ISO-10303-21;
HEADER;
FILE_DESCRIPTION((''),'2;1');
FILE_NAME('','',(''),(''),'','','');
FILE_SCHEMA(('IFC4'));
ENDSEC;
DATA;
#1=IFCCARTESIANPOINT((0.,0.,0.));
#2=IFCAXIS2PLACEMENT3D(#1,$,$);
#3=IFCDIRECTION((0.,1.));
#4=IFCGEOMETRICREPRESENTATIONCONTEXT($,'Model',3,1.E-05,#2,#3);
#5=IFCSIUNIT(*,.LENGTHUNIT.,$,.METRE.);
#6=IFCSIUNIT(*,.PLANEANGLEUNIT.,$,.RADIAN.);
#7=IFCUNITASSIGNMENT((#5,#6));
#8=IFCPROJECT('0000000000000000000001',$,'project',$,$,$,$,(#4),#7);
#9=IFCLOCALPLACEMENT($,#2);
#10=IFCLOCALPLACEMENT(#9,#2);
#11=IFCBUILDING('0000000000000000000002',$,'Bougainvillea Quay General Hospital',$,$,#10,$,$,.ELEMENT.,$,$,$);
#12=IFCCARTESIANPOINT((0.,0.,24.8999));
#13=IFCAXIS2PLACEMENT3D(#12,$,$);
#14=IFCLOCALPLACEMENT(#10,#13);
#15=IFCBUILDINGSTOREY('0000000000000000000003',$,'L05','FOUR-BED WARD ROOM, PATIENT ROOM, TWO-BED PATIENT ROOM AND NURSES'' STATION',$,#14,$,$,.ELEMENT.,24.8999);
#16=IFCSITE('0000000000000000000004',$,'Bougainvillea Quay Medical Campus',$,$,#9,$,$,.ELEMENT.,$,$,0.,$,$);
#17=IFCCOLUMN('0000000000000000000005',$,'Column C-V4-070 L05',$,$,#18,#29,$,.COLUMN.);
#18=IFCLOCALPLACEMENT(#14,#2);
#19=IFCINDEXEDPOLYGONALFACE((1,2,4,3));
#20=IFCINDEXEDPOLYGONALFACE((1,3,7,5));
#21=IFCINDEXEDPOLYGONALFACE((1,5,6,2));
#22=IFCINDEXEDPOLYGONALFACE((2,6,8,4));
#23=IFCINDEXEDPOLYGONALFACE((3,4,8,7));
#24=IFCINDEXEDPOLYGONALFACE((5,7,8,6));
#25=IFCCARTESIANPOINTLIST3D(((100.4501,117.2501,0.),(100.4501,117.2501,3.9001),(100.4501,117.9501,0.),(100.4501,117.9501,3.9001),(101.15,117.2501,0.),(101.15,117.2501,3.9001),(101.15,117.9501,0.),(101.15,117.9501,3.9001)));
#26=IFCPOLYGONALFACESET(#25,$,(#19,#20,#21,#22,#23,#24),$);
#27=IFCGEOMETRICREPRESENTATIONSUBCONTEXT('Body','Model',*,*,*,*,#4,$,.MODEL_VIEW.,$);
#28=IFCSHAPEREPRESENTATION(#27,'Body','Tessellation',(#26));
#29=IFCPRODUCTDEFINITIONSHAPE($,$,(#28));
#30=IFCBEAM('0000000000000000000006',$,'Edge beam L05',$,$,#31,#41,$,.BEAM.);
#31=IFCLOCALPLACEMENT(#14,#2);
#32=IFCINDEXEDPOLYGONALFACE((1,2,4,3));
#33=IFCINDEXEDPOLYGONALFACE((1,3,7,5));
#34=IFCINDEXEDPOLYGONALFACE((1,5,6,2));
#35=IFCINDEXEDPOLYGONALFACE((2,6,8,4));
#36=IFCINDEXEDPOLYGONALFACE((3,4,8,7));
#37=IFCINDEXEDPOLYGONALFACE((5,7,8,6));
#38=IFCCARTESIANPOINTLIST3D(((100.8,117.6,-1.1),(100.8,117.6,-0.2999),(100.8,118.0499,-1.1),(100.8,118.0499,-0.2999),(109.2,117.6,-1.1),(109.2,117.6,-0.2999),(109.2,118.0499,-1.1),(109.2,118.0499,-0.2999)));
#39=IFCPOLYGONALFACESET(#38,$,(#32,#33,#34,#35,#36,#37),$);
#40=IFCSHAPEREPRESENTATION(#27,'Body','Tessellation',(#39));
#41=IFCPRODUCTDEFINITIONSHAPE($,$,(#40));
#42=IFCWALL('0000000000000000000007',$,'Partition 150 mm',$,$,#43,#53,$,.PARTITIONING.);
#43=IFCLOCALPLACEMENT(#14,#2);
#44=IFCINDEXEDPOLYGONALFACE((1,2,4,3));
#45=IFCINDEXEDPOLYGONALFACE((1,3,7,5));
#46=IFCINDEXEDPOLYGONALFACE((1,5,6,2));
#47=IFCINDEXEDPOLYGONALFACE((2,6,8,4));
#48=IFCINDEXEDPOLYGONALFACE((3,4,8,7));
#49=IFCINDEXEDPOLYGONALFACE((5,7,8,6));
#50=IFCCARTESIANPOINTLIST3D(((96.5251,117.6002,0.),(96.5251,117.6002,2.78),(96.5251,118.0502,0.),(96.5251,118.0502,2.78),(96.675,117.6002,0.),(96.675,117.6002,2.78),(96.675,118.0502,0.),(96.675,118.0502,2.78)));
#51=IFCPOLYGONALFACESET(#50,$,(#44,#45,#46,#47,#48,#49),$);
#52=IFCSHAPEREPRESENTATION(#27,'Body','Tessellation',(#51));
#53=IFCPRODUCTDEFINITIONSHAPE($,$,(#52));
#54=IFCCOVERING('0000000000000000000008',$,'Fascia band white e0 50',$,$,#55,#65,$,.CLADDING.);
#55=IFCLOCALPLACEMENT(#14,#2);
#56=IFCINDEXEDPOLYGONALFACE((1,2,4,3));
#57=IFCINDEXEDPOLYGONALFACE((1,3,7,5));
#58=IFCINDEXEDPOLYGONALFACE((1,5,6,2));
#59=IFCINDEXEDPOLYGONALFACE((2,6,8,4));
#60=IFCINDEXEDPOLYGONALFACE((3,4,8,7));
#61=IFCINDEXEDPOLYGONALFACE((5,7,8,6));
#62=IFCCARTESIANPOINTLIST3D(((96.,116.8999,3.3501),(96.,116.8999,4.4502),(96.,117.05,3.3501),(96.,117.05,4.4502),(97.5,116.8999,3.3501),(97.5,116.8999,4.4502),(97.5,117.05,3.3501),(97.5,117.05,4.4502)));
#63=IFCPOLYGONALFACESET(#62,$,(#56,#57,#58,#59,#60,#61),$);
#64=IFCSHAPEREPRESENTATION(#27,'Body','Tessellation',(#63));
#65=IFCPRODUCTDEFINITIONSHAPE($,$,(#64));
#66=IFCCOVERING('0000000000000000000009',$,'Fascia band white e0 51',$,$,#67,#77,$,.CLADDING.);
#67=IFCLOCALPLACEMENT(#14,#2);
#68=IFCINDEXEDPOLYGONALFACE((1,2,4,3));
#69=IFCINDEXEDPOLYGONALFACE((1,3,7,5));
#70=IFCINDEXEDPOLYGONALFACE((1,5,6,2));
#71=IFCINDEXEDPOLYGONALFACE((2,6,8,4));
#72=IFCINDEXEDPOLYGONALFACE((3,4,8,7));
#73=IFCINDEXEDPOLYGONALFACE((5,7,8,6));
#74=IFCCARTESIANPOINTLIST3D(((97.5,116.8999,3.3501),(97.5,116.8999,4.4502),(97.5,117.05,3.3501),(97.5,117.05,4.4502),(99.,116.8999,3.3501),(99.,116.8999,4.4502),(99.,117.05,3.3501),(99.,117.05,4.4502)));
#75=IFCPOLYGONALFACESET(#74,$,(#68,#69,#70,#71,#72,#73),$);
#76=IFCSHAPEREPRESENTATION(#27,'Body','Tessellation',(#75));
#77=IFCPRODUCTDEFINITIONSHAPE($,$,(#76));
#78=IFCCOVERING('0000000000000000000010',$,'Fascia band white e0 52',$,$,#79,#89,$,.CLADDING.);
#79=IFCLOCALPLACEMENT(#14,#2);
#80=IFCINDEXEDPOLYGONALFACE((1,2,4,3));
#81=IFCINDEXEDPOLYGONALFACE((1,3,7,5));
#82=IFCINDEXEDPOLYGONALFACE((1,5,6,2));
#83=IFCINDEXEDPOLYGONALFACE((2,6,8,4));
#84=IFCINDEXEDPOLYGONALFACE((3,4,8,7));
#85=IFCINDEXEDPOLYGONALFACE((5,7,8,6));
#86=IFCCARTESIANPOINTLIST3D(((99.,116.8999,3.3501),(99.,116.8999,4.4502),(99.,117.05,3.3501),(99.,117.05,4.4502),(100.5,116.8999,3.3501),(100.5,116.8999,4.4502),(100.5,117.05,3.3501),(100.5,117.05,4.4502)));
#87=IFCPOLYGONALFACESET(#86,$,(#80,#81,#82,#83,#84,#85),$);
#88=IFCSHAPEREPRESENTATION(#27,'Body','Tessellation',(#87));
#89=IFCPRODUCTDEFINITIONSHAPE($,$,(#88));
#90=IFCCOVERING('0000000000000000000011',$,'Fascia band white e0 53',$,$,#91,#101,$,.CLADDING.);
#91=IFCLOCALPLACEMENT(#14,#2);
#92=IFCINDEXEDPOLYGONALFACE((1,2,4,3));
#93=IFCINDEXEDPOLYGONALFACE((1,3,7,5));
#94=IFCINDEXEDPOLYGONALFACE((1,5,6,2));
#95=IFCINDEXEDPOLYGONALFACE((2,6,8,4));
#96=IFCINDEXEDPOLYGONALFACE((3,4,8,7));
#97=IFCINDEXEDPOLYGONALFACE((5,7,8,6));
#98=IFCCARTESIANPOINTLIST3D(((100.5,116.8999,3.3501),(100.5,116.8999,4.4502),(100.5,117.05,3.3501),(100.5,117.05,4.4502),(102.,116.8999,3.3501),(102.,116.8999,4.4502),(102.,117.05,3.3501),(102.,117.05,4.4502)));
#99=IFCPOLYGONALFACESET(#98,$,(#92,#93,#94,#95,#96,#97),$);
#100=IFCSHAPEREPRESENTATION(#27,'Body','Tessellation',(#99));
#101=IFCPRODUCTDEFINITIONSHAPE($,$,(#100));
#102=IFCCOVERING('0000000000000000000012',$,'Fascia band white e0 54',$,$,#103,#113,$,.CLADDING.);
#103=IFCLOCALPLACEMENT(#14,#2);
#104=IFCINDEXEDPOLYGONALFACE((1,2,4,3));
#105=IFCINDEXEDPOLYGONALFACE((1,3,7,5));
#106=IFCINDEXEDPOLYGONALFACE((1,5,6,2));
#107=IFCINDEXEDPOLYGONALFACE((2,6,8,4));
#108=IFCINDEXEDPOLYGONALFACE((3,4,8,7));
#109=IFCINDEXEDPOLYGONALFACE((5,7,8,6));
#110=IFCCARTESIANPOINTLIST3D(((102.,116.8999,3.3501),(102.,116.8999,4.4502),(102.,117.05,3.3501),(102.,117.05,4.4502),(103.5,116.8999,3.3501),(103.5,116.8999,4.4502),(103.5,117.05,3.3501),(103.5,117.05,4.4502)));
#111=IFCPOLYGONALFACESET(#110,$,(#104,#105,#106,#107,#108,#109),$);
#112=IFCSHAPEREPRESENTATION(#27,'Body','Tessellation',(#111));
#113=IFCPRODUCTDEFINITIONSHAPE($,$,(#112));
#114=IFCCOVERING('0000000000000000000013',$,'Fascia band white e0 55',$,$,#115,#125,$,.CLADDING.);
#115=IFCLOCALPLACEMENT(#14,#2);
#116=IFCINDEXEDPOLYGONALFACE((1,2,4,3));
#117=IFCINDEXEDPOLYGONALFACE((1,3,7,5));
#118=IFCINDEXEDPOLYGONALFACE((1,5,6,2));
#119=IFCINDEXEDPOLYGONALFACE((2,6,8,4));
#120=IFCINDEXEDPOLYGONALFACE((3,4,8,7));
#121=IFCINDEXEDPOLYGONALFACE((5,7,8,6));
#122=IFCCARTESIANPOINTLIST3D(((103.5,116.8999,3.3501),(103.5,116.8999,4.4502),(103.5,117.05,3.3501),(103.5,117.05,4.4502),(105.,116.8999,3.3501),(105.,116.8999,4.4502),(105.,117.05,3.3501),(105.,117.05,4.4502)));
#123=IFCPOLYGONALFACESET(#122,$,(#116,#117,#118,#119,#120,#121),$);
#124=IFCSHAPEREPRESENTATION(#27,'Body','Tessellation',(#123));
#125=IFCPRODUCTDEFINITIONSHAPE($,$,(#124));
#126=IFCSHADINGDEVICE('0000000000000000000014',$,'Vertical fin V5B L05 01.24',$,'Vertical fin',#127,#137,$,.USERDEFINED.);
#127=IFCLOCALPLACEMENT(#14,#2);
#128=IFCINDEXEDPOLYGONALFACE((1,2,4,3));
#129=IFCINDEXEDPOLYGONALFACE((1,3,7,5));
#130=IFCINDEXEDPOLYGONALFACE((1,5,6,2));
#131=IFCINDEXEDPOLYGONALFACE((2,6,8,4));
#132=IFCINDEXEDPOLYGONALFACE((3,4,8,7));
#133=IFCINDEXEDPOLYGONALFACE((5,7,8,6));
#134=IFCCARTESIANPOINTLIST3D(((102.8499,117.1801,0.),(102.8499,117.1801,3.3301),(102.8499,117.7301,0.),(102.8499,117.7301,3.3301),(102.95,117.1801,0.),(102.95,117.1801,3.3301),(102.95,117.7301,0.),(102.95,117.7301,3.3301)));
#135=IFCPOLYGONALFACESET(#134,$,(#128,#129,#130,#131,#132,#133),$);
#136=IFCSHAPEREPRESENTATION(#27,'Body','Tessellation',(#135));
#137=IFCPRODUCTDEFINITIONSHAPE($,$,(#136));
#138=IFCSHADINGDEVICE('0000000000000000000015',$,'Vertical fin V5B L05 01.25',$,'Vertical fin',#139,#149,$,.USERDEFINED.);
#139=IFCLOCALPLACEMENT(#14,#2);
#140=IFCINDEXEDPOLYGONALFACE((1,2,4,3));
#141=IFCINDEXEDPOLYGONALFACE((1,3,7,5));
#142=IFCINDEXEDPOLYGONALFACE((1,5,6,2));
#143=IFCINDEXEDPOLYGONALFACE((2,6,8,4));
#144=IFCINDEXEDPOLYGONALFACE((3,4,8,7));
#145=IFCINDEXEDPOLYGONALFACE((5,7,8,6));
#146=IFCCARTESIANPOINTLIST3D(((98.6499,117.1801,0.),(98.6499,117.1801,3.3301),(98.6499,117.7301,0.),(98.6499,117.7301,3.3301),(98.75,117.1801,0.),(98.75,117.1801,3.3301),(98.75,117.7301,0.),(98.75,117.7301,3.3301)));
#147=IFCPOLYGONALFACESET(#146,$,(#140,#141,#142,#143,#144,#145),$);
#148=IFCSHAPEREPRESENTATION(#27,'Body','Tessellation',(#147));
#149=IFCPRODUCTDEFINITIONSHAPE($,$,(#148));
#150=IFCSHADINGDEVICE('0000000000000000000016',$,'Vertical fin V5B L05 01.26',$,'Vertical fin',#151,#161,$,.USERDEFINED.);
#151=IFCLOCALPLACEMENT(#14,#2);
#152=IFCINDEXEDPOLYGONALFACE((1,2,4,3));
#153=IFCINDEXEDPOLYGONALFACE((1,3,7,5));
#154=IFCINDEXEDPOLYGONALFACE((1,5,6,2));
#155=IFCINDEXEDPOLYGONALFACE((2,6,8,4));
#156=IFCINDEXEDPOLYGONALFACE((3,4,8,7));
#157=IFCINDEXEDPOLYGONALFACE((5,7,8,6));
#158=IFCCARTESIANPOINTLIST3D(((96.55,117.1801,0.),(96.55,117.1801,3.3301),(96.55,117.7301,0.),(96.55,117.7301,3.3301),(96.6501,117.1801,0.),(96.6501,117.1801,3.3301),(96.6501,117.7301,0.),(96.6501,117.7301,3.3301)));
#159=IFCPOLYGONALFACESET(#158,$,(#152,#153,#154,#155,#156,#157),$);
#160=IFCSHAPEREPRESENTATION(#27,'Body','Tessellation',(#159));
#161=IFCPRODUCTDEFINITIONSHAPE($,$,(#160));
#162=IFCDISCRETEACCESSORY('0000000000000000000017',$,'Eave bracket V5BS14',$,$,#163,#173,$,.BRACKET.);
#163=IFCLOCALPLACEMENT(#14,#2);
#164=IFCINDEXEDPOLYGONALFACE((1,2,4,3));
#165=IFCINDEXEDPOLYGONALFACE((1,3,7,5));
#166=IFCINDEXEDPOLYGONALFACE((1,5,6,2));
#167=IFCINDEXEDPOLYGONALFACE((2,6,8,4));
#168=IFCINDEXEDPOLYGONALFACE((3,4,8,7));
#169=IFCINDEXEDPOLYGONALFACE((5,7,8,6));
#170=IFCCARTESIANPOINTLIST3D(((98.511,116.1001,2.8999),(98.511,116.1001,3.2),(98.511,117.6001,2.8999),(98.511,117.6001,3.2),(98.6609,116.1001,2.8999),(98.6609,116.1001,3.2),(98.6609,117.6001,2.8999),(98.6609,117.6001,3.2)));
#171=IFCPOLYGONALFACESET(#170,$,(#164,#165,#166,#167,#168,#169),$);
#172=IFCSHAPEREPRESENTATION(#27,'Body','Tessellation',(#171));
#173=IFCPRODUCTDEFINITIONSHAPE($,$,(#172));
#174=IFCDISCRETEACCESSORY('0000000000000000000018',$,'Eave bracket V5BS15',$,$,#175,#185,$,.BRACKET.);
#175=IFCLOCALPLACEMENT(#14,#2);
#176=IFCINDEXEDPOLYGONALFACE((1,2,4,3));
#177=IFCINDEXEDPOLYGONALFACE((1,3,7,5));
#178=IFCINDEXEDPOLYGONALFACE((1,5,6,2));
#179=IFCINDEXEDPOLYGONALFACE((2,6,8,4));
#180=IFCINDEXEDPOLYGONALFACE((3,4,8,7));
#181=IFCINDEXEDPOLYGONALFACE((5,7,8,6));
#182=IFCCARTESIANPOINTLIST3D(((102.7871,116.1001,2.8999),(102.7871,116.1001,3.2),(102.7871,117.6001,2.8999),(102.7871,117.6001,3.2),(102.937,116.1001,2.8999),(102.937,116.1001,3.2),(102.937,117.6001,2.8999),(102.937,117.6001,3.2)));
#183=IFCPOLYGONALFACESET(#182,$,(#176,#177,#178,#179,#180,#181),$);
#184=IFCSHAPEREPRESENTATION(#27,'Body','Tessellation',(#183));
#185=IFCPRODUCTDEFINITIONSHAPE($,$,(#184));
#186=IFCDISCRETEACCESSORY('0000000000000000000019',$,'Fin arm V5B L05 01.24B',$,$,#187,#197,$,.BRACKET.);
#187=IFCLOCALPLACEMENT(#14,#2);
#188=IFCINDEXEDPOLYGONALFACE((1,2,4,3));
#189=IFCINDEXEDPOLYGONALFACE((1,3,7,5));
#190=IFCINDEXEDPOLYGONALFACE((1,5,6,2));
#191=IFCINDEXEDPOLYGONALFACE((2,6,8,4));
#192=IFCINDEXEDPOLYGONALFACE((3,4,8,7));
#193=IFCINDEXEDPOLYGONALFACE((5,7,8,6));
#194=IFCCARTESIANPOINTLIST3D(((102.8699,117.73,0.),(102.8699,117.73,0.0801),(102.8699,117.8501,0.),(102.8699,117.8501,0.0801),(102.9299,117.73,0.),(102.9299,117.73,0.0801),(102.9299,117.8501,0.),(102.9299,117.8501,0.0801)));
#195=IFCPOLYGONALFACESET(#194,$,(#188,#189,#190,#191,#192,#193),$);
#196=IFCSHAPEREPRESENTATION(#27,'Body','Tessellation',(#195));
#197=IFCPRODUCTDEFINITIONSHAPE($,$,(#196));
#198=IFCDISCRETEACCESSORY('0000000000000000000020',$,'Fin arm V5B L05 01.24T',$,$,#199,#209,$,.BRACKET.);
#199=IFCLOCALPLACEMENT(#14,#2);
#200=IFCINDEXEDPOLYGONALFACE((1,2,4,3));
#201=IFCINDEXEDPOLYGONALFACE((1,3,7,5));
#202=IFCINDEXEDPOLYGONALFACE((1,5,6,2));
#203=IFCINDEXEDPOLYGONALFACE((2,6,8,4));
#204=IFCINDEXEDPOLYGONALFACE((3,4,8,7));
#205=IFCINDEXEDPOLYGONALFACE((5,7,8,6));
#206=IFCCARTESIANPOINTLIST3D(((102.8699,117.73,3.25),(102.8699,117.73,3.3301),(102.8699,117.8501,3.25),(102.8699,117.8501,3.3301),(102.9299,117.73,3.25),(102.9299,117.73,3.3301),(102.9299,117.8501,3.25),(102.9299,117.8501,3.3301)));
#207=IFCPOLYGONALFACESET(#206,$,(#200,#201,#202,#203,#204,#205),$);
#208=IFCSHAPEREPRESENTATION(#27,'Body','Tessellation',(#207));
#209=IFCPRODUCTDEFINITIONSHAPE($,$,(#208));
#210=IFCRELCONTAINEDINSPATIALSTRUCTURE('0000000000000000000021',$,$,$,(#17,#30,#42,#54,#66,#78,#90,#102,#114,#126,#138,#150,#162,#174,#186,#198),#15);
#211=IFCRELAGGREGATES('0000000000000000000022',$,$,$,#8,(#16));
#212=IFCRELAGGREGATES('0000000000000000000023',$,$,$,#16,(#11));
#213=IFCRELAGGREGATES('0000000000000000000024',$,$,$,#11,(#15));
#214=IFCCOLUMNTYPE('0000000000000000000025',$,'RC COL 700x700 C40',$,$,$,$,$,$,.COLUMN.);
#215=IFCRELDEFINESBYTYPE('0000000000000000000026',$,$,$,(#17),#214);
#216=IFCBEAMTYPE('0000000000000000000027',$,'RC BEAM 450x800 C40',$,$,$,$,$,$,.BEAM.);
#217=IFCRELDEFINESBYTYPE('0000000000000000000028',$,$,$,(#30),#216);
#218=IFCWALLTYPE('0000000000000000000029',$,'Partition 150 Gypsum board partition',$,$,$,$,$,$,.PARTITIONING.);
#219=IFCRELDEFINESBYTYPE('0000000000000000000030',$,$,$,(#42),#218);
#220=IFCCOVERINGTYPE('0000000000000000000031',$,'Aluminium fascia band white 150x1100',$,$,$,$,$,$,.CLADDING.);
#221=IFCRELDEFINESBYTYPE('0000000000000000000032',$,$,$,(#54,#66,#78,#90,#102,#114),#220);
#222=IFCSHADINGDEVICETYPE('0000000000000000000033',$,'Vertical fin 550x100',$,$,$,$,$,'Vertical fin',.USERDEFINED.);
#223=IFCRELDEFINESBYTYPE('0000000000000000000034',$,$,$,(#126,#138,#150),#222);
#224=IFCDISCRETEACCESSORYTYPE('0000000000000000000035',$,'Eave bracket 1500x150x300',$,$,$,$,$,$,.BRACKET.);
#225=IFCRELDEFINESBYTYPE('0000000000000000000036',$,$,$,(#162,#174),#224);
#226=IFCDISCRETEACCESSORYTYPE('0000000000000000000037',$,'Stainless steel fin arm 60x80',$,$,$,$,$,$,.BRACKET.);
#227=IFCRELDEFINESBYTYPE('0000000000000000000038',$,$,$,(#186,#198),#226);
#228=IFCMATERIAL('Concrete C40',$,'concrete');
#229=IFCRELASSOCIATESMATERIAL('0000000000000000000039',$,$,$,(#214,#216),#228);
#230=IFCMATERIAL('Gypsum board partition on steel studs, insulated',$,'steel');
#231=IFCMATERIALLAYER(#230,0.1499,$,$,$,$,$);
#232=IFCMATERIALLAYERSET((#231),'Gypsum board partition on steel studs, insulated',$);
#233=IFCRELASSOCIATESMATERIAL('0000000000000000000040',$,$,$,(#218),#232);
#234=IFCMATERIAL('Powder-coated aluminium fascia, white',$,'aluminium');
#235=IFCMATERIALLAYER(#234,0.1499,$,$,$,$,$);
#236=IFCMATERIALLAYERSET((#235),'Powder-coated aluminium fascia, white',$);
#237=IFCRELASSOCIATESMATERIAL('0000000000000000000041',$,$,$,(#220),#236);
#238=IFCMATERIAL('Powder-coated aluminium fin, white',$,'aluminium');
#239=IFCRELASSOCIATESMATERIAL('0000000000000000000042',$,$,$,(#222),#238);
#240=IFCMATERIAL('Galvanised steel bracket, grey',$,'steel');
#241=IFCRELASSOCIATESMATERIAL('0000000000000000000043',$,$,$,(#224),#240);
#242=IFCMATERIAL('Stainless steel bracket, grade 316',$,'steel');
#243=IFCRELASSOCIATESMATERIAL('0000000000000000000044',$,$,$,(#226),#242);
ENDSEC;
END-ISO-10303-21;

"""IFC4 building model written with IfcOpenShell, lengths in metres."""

from ifc_helpers import new_model, si_unit, direction, frame, frame_2d, origin, origin_2d, place, context, subcontext, project, spatial, polyline, rectangle, outline, extrude, material, layer, layer_set, material_profile, profile_set, type_object, element, save


model = new_model("IFC4")

# Units and contexts
model_context = context("Model", 3, precision=1e-05, world=origin(), true_north=direction((0.0, 1.0)))
body_context = subcontext(model_context, "Body", "Model", "MODEL_VIEW")
ifc_project = project(units=[si_unit("LENGTHUNIT", "METRE"), si_unit("PLANEANGLEUNIT", "RADIAN")], contexts=[model_context])

# Site, building, storey
site_placement = place(None, origin())
site = spatial("IfcSite", under=ifc_project, at=site_placement, Name="Bougainvillea Quay Medical Campus", CompositionType="ELEMENT", RefElevation=0.0)
building_placement = place(site_placement, origin())
building = spatial("IfcBuilding", under=site, at=building_placement, Name="Bougainvillea Quay General Hospital", CompositionType="ELEMENT")
storey_placement = place(building_placement, frame((0.0, 0.0, 24.8999)))
storey = spatial("IfcBuildingStorey", under=building, at=storey_placement, Name="L05", Description="FOUR-BED WARD ROOM, PATIENT ROOM, TWO-BED PATIENT ROOM AND NURSES' STATION", CompositionType="ELEMENT", Elevation=24.8999)

# Column
ifc_material_1 = material(Name="Concrete C40", Category="concrete")
ifc_material_profile_1 = material_profile(ifc_material_1, rectangle(XDim=0.7, YDim=0.7, at=origin_2d()))
ifc_profile_set_1 = profile_set([ifc_material_profile_1], Name="Concrete C40")
column_type = type_object("IfcColumnType", Name="RC COL 700x700 C40", PredefinedType="COLUMN", material=ifc_profile_set_1)
column_placement = place(storey_placement, frame((100.8, 117.6001, 0.0), z_axis=(0.0, 0.0, 1.0), x_axis=(1.0, 0.0, 0.0)))
element("IfcColumn", 1, at=column_placement, inside=storey, type_object=column_type, Name="Column C-V4-070 L05", PredefinedType="COLUMN", context=body_context, shape_type="SweptSolid", body=[
    extrude(rectangle(XDim=0.7, YDim=0.7, at=origin_2d()), origin(), (0.0, 0.0, 1.0), 3.9001),
])

# Beam
ifc_material_profile_2 = material_profile(ifc_material_1, rectangle(XDim=0.45, YDim=0.8, at=origin_2d()))
ifc_profile_set_2 = profile_set([ifc_material_profile_2], Name="Concrete C40")
beam_type = type_object("IfcBeamType", Name="RC BEAM 450x800 C40", PredefinedType="BEAM", material=ifc_profile_set_2)
beam_placement = place(storey_placement, frame((100.8, 117.825, -0.7), z_axis=(1.0, 0.0, 0.0), x_axis=(0.0, 1.0, 0.0)))
element("IfcBeam", 2, at=beam_placement, inside=storey, type_object=beam_type, Name="Edge beam L05", PredefinedType="BEAM", context=body_context, shape_type="SweptSolid", body=[
    extrude(rectangle(XDim=0.45, YDim=0.8, at=origin_2d()), origin(), (0.0, 0.0, 1.0), 8.3999),
])

# Wall
ifc_material_2 = material(Name="Gypsum board partition on steel studs, insulated", Category="steel")
ifc_layer_1 = layer(ifc_material_2, 0.1499)
ifc_layer_set_1 = layer_set([ifc_layer_1], Name="Gypsum board partition on steel studs, insulated")
wall_type = type_object("IfcWallType", Name="Partition 150 Gypsum board partition", PredefinedType="PARTITIONING", material=ifc_layer_set_1)
wall_placement = place(storey_placement, frame((96.6001, 117.6001, 0.0), z_axis=(0.0, 0.0, 1.0), x_axis=(0.0, 1.0, 0.0)))
element("IfcWall", 3, at=wall_placement, inside=storey, type_object=wall_type, Name="Partition 150 mm", PredefinedType="PARTITIONING", context=body_context, shape_type="SweptSolid", body=[
    extrude(rectangle(XDim=0.45, YDim=0.1499, at=frame_2d((0.2251, 0.0))), origin(), (0.0, 0.0, 1.0), 2.78),
])

# Coverings
ifc_material_3 = material(Name="Powder-coated aluminium fascia, white", Category="aluminium")
ifc_layer_2 = layer(ifc_material_3, 0.1499)
ifc_layer_set_2 = layer_set([ifc_layer_2], Name="Powder-coated aluminium fascia, white")
covering_type = type_object("IfcCoveringType", Name="Aluminium fascia band white 150x1100", PredefinedType="CLADDING", material=ifc_layer_set_2)
for number, where, z_axis, x_axis, name in (
    (4, (96.0, 117.05, 3.3501), (0.0, 0.0, 1.0), (1.0, 0.0, 0.0), "Fascia band white e0 50"),
    (5, (97.5, 117.05, 3.3501), (0.0, 0.0, 1.0), (1.0, 0.0, 0.0), "Fascia band white e0 51"),
    (6, (99.0, 117.05, 3.3501), (0.0, 0.0, 1.0), (1.0, 0.0, 0.0), "Fascia band white e0 52"),
    (7, (100.5, 117.05, 3.3501), (0.0, 0.0, 1.0), (1.0, 0.0, 0.0), "Fascia band white e0 53"),
    (8, (102.0, 117.05, 3.3501), (0.0, 0.0, 1.0), (1.0, 0.0, 0.0), "Fascia band white e0 54"),
    (9, (103.5, 117.05, 3.3501), (0.0, 0.0, 1.0), (1.0, 0.0, 0.0), "Fascia band white e0 55"),
):
    element("IfcCovering", number, at=place(storey_placement, frame(where, z_axis=z_axis, x_axis=x_axis)), inside=storey, type_object=covering_type, Name=name, PredefinedType="CLADDING", context=body_context, shape_type="SweptSolid", body=[
        extrude(outline(polyline([(0.0, 0.0), (1.5, 0.0), (1.5, -0.1501), (0.0, -0.1501), (0.0, 0.0)])), origin(), (0.0, 0.0, 1.0), 1.1001),
    ])

# Shading devices
ifc_material_4 = material(Name="Powder-coated aluminium fin, white", Category="aluminium")
ifc_material_profile_3 = material_profile(ifc_material_4, rectangle(XDim=0.55, YDim=0.1001, at=origin_2d()))
ifc_profile_set_3 = profile_set([ifc_material_profile_3], Name="Powder-coated aluminium fin, white")
shading_device_type = type_object("IfcShadingDeviceType", Name="Vertical fin 550x100", ElementType="Vertical fin", PredefinedType="USERDEFINED", material=ifc_profile_set_3)
for number, where, z_axis, x_axis, name in (
    (10, (102.8999, 117.4551, 0.0), (0.0, 0.0, 1.0), (0.0, -1.0, 0.0), "Vertical fin V5B L05 01.24"),
    (11, (98.7, 117.4551, 0.0), (0.0, 0.0, 1.0), (0.0, -1.0, 0.0), "Vertical fin V5B L05 01.25"),
    (12, (96.6001, 117.4551, 0.0), (0.0, 0.0, 1.0), (0.0, -1.0, 0.0), "Vertical fin V5B L05 01.26"),
):
    element("IfcShadingDevice", number, at=place(storey_placement, frame(where, z_axis=z_axis, x_axis=x_axis)), inside=storey, type_object=shading_device_type, Name=name, ObjectType="Vertical fin", PredefinedType="USERDEFINED", context=body_context, shape_type="SweptSolid", body=[
        extrude(rectangle(XDim=0.55, YDim=0.1001, at=origin_2d()), origin(), (0.0, 0.0, 1.0), 3.3301),
    ])

# Discrete accessories
ifc_material_5 = material(Name="Galvanised steel bracket, grey", Category="steel")
discrete_accessory_type_1 = type_object("IfcDiscreteAccessoryType", Name="Eave bracket 1500x150x300", PredefinedType="BRACKET", material=ifc_material_5)
for number, where, z_axis, x_axis, name in (
    (13, (98.5859, 116.8501, 2.8999), (0.0, 0.0, 1.0), (1.0, 0.0, 0.0), "Eave bracket V5BS14"),
    (14, (102.8621, 116.8501, 2.8999), (0.0, 0.0, 1.0), (1.0, 0.0, 0.0), "Eave bracket V5BS15"),
):
    element("IfcDiscreteAccessory", number, at=place(storey_placement, frame(where, z_axis=z_axis, x_axis=x_axis)), inside=storey, type_object=discrete_accessory_type_1, Name=name, PredefinedType="BRACKET", context=body_context, shape_type="SweptSolid", body=[
        extrude(rectangle(XDim=0.1499, YDim=1.5, at=origin_2d()), origin(), (0.0, 0.0, 1.0), 0.3),
    ])
ifc_material_6 = material(Name="Stainless steel bracket, grade 316", Category="steel")
discrete_accessory_type_2 = type_object("IfcDiscreteAccessoryType", Name="Stainless steel fin arm 60x80", PredefinedType="BRACKET", material=ifc_material_6)
for number, where, z_axis, x_axis, name in (
    (15, (102.8999, 117.79, 0.0), (0.0, 0.0, 1.0), (0.0, -1.0, 0.0), "Fin arm V5B L05 01.24B"),
    (16, (102.8999, 117.79, 3.25), (0.0, 0.0, 1.0), (0.0, -1.0, 0.0), "Fin arm V5B L05 01.24T"),
):
    element("IfcDiscreteAccessory", number, at=place(storey_placement, frame(where, z_axis=z_axis, x_axis=x_axis)), inside=storey, type_object=discrete_accessory_type_2, Name=name, PredefinedType="BRACKET", context=body_context, shape_type="SweptSolid", body=[
        extrude(rectangle(XDim=0.1201, YDim=0.0601, at=origin_2d()), origin(), (0.0, 0.0, 1.0), 0.0801),
    ])

save(model, "model.ifc")
